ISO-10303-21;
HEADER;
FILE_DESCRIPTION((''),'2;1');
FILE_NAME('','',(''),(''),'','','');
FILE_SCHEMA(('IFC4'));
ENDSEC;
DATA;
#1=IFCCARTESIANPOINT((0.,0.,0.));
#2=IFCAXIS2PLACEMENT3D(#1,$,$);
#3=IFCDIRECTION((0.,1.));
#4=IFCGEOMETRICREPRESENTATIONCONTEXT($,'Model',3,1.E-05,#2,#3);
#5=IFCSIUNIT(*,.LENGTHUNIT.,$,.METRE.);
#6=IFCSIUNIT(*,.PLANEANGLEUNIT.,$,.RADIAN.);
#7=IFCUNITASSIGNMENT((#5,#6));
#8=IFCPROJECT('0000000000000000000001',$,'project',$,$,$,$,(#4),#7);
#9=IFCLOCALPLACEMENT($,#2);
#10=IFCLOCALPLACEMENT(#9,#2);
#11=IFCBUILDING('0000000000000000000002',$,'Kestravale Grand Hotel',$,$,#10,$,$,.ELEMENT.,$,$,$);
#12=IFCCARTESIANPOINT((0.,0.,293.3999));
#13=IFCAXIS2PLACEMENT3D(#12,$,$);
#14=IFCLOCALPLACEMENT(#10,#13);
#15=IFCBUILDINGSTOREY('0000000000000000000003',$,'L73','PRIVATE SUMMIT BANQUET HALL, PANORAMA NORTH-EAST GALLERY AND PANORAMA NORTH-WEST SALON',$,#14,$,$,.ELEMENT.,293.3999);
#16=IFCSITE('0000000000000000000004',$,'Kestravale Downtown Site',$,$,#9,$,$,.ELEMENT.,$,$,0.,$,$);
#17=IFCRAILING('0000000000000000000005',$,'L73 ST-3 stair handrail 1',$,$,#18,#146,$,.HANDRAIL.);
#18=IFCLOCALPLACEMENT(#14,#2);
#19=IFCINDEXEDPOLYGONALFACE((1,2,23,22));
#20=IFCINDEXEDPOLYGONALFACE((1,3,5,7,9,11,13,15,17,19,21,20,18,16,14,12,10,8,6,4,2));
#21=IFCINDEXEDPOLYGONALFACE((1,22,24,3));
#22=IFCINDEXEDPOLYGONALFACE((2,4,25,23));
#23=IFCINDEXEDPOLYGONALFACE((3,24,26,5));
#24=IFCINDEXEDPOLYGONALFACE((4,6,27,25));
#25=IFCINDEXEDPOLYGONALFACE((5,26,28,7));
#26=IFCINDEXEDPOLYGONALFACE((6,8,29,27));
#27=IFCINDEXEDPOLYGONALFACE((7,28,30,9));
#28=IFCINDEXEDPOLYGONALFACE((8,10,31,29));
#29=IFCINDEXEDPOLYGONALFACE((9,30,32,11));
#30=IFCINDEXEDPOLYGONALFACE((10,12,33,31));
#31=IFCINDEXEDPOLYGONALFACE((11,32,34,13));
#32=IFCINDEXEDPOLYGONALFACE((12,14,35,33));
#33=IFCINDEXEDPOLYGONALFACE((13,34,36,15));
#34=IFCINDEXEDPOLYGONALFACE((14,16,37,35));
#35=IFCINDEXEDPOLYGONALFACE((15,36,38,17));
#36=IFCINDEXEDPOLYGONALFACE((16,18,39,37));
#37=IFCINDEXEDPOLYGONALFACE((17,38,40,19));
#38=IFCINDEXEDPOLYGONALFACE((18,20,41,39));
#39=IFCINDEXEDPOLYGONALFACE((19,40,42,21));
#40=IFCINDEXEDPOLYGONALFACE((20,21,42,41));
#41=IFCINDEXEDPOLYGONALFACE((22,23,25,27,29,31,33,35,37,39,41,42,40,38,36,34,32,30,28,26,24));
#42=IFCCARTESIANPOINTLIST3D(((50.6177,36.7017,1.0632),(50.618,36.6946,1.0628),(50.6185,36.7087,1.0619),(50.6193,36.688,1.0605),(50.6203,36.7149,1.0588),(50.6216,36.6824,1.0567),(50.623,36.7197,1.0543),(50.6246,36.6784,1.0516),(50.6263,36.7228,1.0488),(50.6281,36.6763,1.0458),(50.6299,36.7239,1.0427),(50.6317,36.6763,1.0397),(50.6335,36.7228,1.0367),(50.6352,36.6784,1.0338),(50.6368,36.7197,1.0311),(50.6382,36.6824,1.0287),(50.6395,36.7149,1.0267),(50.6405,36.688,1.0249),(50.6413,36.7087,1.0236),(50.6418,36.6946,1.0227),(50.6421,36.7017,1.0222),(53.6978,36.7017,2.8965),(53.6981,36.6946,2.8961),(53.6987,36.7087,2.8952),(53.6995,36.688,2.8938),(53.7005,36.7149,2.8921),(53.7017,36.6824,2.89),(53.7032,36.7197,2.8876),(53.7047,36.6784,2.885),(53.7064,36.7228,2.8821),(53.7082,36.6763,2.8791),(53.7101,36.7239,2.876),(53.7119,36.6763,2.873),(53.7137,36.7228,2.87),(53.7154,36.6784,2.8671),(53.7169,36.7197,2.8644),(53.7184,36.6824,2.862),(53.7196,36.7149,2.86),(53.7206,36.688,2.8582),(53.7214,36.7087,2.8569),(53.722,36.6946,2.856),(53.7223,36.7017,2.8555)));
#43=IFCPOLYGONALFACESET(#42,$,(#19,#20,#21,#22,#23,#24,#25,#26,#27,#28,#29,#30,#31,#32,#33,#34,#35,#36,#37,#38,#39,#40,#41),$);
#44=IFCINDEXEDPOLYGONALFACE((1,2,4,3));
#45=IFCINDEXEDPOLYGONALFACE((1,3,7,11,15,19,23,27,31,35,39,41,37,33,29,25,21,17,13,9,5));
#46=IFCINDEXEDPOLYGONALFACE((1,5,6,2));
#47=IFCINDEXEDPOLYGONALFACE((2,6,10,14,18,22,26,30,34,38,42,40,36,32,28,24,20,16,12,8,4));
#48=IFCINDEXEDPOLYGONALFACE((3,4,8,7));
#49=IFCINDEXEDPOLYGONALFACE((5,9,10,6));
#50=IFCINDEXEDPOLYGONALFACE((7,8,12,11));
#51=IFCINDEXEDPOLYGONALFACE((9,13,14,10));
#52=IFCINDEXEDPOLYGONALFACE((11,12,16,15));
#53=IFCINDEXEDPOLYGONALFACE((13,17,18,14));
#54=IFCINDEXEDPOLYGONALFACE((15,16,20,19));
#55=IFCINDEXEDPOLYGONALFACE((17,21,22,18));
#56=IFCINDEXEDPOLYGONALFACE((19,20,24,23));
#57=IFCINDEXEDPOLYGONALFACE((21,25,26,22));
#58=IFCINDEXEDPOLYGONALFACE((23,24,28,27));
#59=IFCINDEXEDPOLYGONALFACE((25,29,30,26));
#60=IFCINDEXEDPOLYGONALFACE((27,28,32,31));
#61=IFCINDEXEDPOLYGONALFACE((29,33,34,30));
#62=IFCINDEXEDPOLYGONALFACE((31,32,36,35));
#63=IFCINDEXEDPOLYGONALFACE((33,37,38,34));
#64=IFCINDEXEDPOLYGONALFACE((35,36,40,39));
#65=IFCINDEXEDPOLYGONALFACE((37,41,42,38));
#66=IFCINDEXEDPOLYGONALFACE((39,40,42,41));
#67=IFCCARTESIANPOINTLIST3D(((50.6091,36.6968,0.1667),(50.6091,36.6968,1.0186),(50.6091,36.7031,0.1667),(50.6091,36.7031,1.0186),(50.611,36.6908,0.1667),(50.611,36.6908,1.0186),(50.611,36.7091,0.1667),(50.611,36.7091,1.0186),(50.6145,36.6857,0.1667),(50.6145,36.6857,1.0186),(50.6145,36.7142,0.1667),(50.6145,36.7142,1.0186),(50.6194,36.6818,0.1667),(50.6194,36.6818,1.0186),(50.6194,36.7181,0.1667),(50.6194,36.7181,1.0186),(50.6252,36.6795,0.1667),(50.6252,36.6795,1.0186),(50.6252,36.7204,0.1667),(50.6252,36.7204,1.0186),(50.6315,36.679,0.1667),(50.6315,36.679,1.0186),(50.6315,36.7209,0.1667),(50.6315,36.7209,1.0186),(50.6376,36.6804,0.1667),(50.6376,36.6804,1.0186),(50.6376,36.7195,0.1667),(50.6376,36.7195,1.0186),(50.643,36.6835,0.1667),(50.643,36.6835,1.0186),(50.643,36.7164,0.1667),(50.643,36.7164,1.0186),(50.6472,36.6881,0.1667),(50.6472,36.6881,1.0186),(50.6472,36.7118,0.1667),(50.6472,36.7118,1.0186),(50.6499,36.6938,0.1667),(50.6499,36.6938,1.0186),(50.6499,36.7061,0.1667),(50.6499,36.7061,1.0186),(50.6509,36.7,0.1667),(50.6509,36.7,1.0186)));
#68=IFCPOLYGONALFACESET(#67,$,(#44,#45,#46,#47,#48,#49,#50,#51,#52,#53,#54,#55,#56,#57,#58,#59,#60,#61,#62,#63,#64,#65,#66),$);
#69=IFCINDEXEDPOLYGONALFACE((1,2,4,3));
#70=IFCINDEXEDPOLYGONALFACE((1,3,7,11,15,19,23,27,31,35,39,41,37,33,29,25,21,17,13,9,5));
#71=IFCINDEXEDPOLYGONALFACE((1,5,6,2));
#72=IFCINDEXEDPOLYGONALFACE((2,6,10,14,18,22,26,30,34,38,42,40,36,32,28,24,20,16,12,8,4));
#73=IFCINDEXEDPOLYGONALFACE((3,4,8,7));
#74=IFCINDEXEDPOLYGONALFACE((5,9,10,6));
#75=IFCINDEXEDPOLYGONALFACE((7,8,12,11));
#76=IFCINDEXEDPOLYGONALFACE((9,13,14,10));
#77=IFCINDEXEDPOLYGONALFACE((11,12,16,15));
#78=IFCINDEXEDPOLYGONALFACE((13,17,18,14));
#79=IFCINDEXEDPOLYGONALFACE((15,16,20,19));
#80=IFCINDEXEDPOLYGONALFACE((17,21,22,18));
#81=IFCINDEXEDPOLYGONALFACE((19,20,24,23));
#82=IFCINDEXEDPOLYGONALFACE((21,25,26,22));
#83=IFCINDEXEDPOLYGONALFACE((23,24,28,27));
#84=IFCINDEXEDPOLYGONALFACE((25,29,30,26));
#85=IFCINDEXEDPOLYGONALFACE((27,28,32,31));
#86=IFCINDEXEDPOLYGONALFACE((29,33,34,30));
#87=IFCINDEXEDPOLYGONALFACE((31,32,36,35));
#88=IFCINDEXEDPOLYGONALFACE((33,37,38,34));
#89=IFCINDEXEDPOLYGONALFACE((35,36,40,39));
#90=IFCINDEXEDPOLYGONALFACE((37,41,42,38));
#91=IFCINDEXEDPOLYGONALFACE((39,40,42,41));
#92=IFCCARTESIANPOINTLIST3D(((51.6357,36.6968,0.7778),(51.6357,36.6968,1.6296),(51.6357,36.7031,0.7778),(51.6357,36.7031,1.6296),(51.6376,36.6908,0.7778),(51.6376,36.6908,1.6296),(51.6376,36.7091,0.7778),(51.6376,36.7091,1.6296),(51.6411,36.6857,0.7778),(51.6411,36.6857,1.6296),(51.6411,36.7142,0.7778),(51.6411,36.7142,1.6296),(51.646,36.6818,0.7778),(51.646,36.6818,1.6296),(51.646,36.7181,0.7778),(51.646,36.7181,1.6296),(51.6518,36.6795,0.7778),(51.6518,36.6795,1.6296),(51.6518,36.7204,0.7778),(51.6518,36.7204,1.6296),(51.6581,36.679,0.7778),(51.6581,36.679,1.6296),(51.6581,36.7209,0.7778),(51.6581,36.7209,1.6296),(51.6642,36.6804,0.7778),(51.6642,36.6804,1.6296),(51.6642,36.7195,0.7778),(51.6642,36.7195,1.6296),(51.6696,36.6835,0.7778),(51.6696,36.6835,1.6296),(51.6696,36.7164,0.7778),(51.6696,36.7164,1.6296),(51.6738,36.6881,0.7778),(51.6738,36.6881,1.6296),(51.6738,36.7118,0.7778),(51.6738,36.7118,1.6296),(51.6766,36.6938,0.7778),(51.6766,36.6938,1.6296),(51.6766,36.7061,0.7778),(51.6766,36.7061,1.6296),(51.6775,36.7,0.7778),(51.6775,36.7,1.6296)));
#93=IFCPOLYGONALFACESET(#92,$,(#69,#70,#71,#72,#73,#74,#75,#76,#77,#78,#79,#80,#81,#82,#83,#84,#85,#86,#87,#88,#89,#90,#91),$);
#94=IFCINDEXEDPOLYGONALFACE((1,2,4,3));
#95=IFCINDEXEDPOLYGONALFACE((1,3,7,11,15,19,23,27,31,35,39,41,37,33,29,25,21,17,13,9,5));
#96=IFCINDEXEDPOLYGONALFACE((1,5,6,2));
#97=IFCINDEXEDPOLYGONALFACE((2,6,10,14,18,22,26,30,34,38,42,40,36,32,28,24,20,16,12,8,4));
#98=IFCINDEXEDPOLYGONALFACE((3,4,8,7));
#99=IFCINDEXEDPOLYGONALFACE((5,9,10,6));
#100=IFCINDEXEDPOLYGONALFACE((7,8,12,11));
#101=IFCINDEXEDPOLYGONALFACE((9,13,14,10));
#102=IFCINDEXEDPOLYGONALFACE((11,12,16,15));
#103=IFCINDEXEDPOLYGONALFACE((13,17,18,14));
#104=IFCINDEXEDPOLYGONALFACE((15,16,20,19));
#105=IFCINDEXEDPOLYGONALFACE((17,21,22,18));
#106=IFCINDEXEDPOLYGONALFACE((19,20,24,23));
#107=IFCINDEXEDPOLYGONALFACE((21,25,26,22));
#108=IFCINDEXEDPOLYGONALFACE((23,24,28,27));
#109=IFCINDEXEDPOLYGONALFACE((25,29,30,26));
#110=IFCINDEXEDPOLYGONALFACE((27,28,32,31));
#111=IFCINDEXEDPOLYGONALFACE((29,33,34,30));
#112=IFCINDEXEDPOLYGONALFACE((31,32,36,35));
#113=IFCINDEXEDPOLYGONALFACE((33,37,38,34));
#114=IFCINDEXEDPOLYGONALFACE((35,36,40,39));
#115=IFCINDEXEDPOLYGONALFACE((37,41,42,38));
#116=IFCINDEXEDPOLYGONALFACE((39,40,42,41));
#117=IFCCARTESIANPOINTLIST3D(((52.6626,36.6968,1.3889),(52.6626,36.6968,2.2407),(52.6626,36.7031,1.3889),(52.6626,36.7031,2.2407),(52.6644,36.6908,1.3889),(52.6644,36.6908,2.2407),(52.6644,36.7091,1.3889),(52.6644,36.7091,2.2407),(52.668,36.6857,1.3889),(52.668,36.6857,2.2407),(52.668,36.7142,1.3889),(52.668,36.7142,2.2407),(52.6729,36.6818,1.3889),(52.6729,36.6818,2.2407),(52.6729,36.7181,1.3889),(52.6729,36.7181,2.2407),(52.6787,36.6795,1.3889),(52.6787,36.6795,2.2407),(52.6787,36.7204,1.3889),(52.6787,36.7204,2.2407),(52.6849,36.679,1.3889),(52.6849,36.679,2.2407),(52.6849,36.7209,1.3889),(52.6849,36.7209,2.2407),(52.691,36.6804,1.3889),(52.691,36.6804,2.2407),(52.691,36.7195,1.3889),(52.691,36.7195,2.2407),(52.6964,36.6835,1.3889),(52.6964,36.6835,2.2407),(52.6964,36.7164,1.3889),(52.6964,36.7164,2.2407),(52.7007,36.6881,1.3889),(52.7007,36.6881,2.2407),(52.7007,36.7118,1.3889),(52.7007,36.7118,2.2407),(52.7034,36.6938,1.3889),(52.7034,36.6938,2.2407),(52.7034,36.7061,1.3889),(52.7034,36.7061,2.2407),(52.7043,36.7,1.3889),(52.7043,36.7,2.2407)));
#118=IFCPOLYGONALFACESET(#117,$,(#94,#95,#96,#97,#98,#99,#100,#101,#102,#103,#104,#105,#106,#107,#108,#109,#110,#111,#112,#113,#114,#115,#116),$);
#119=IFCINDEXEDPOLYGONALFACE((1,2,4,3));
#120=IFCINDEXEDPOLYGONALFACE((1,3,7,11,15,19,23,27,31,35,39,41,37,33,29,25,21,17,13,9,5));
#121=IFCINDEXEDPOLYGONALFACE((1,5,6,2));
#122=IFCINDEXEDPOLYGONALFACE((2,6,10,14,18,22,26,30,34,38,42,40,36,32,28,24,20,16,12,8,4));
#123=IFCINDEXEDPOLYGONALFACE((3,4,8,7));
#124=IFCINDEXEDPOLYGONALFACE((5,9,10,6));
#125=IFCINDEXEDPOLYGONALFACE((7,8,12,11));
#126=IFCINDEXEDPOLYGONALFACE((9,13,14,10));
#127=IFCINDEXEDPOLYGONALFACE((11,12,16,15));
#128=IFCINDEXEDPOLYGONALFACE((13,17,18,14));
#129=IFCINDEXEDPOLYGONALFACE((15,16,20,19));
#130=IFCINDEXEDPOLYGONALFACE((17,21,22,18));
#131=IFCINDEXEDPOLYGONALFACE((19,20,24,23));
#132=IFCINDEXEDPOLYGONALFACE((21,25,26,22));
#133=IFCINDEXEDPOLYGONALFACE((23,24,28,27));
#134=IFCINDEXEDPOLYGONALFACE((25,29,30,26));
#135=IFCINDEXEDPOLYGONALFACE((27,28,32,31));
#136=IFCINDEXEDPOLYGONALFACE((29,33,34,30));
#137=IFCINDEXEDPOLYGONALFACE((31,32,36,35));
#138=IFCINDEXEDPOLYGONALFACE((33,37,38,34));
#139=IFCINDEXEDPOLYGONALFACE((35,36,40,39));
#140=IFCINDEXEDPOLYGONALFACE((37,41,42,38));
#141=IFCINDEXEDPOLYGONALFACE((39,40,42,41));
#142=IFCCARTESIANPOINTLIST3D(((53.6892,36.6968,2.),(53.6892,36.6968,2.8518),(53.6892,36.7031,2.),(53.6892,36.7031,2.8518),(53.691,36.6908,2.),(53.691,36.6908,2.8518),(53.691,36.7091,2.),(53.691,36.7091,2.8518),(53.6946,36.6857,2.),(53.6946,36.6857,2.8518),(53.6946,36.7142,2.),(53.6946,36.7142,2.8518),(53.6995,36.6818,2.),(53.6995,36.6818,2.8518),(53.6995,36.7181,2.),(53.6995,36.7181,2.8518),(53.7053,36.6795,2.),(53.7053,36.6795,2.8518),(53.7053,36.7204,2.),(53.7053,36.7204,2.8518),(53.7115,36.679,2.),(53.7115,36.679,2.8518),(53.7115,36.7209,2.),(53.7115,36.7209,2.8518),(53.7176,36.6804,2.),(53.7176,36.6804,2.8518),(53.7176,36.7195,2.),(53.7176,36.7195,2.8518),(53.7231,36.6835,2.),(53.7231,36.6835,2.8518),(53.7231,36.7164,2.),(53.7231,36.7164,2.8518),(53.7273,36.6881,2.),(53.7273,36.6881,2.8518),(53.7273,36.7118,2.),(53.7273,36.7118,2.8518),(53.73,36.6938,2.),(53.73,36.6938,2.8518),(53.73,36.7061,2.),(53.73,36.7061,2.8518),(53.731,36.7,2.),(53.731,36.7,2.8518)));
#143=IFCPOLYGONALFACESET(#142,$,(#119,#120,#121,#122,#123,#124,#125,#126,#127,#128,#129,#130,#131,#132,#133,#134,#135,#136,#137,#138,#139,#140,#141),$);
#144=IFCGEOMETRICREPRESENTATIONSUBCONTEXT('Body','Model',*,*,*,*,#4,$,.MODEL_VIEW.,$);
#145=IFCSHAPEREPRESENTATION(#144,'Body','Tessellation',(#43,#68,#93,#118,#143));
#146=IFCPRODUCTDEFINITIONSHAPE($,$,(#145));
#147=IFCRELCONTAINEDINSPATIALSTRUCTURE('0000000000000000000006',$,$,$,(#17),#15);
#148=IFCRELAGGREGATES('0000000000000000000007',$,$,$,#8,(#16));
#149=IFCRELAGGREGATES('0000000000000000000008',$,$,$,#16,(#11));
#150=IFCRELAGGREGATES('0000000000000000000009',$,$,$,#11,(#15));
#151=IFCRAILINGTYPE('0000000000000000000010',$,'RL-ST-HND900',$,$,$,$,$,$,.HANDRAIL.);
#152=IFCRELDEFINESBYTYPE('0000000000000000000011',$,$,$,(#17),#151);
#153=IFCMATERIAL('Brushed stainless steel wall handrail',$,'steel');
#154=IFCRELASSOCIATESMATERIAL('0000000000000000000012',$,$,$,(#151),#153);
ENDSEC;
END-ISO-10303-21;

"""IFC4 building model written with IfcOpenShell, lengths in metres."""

from ifc_helpers import new_model, si_unit, direction, frame, origin, origin_2d, place, context, subcontext, project, spatial, circle, extrude, material, type_object, element, save


model = new_model("IFC4")

# Units and contexts
model_context = context("Model", 3, precision=1e-05, world=origin(), true_north=direction((0.0, 1.0)))
body_context = subcontext(model_context, "Body", "Model", "MODEL_VIEW")
ifc_project = project(units=[si_unit("LENGTHUNIT", "METRE"), si_unit("PLANEANGLEUNIT", "RADIAN")], contexts=[model_context])

# Site, building, storey
site_placement = place(None, origin())
site = spatial("IfcSite", under=ifc_project, at=site_placement, Name="Kestravale Downtown Site", CompositionType="ELEMENT", RefElevation=0.0)
building_placement = place(site_placement, origin())
building = spatial("IfcBuilding", under=site, at=building_placement, Name="Kestravale Grand Hotel", CompositionType="ELEMENT")
storey_placement = place(building_placement, frame((0.0, 0.0, 293.3999)))
storey = spatial("IfcBuildingStorey", under=building, at=storey_placement, Name="L73", Description="PRIVATE SUMMIT BANQUET HALL, PANORAMA NORTH-EAST GALLERY AND PANORAMA NORTH-WEST SALON", CompositionType="ELEMENT", Elevation=293.3999)

# Railing
ifc_material_1 = material(Name="Brushed stainless steel wall handrail", Category="steel")
railing_type_1 = type_object("IfcRailingType", Name="RL-ST-HND900", PredefinedType="HANDRAIL", material=ifc_material_1)
railing_1_placement = place(storey_placement, frame((50.6299, 36.7, 0.1667)))
element("IfcRailing", 1, at=railing_1_placement, inside=storey, type_object=railing_type_1, Name="L73 ST-3 stair handrail 1", PredefinedType="HANDRAIL", context=body_context, shape_type="SweptSolid", body=[
    extrude(circle(Radius=0.0239, at=origin_2d()), frame((0.0, 0.0, 0.876), z_axis=(0.859309, 0.0, 0.511458), x_axis=(0.0, 1.0, 0.0)), (0.0, 0.0, 1.0), 3.5845),
    extrude(circle(Radius=0.021, at=origin_2d()), origin(), (0.0, 0.0, 1.0), 0.8518),
    extrude(circle(Radius=0.021, at=origin_2d()), frame((1.0266, 0.0, 0.6111)), (0.0, 0.0, 1.0), 0.8518),
    extrude(circle(Radius=0.021, at=origin_2d()), frame((2.0535, 0.0, 1.2222)), (0.0, 0.0, 1.0), 0.8518),
    extrude(circle(Radius=0.021, at=origin_2d()), frame((3.0801, 0.0, 1.8333)), (0.0, 0.0, 1.0), 0.8518),
])

save(model, "model.ifc")
